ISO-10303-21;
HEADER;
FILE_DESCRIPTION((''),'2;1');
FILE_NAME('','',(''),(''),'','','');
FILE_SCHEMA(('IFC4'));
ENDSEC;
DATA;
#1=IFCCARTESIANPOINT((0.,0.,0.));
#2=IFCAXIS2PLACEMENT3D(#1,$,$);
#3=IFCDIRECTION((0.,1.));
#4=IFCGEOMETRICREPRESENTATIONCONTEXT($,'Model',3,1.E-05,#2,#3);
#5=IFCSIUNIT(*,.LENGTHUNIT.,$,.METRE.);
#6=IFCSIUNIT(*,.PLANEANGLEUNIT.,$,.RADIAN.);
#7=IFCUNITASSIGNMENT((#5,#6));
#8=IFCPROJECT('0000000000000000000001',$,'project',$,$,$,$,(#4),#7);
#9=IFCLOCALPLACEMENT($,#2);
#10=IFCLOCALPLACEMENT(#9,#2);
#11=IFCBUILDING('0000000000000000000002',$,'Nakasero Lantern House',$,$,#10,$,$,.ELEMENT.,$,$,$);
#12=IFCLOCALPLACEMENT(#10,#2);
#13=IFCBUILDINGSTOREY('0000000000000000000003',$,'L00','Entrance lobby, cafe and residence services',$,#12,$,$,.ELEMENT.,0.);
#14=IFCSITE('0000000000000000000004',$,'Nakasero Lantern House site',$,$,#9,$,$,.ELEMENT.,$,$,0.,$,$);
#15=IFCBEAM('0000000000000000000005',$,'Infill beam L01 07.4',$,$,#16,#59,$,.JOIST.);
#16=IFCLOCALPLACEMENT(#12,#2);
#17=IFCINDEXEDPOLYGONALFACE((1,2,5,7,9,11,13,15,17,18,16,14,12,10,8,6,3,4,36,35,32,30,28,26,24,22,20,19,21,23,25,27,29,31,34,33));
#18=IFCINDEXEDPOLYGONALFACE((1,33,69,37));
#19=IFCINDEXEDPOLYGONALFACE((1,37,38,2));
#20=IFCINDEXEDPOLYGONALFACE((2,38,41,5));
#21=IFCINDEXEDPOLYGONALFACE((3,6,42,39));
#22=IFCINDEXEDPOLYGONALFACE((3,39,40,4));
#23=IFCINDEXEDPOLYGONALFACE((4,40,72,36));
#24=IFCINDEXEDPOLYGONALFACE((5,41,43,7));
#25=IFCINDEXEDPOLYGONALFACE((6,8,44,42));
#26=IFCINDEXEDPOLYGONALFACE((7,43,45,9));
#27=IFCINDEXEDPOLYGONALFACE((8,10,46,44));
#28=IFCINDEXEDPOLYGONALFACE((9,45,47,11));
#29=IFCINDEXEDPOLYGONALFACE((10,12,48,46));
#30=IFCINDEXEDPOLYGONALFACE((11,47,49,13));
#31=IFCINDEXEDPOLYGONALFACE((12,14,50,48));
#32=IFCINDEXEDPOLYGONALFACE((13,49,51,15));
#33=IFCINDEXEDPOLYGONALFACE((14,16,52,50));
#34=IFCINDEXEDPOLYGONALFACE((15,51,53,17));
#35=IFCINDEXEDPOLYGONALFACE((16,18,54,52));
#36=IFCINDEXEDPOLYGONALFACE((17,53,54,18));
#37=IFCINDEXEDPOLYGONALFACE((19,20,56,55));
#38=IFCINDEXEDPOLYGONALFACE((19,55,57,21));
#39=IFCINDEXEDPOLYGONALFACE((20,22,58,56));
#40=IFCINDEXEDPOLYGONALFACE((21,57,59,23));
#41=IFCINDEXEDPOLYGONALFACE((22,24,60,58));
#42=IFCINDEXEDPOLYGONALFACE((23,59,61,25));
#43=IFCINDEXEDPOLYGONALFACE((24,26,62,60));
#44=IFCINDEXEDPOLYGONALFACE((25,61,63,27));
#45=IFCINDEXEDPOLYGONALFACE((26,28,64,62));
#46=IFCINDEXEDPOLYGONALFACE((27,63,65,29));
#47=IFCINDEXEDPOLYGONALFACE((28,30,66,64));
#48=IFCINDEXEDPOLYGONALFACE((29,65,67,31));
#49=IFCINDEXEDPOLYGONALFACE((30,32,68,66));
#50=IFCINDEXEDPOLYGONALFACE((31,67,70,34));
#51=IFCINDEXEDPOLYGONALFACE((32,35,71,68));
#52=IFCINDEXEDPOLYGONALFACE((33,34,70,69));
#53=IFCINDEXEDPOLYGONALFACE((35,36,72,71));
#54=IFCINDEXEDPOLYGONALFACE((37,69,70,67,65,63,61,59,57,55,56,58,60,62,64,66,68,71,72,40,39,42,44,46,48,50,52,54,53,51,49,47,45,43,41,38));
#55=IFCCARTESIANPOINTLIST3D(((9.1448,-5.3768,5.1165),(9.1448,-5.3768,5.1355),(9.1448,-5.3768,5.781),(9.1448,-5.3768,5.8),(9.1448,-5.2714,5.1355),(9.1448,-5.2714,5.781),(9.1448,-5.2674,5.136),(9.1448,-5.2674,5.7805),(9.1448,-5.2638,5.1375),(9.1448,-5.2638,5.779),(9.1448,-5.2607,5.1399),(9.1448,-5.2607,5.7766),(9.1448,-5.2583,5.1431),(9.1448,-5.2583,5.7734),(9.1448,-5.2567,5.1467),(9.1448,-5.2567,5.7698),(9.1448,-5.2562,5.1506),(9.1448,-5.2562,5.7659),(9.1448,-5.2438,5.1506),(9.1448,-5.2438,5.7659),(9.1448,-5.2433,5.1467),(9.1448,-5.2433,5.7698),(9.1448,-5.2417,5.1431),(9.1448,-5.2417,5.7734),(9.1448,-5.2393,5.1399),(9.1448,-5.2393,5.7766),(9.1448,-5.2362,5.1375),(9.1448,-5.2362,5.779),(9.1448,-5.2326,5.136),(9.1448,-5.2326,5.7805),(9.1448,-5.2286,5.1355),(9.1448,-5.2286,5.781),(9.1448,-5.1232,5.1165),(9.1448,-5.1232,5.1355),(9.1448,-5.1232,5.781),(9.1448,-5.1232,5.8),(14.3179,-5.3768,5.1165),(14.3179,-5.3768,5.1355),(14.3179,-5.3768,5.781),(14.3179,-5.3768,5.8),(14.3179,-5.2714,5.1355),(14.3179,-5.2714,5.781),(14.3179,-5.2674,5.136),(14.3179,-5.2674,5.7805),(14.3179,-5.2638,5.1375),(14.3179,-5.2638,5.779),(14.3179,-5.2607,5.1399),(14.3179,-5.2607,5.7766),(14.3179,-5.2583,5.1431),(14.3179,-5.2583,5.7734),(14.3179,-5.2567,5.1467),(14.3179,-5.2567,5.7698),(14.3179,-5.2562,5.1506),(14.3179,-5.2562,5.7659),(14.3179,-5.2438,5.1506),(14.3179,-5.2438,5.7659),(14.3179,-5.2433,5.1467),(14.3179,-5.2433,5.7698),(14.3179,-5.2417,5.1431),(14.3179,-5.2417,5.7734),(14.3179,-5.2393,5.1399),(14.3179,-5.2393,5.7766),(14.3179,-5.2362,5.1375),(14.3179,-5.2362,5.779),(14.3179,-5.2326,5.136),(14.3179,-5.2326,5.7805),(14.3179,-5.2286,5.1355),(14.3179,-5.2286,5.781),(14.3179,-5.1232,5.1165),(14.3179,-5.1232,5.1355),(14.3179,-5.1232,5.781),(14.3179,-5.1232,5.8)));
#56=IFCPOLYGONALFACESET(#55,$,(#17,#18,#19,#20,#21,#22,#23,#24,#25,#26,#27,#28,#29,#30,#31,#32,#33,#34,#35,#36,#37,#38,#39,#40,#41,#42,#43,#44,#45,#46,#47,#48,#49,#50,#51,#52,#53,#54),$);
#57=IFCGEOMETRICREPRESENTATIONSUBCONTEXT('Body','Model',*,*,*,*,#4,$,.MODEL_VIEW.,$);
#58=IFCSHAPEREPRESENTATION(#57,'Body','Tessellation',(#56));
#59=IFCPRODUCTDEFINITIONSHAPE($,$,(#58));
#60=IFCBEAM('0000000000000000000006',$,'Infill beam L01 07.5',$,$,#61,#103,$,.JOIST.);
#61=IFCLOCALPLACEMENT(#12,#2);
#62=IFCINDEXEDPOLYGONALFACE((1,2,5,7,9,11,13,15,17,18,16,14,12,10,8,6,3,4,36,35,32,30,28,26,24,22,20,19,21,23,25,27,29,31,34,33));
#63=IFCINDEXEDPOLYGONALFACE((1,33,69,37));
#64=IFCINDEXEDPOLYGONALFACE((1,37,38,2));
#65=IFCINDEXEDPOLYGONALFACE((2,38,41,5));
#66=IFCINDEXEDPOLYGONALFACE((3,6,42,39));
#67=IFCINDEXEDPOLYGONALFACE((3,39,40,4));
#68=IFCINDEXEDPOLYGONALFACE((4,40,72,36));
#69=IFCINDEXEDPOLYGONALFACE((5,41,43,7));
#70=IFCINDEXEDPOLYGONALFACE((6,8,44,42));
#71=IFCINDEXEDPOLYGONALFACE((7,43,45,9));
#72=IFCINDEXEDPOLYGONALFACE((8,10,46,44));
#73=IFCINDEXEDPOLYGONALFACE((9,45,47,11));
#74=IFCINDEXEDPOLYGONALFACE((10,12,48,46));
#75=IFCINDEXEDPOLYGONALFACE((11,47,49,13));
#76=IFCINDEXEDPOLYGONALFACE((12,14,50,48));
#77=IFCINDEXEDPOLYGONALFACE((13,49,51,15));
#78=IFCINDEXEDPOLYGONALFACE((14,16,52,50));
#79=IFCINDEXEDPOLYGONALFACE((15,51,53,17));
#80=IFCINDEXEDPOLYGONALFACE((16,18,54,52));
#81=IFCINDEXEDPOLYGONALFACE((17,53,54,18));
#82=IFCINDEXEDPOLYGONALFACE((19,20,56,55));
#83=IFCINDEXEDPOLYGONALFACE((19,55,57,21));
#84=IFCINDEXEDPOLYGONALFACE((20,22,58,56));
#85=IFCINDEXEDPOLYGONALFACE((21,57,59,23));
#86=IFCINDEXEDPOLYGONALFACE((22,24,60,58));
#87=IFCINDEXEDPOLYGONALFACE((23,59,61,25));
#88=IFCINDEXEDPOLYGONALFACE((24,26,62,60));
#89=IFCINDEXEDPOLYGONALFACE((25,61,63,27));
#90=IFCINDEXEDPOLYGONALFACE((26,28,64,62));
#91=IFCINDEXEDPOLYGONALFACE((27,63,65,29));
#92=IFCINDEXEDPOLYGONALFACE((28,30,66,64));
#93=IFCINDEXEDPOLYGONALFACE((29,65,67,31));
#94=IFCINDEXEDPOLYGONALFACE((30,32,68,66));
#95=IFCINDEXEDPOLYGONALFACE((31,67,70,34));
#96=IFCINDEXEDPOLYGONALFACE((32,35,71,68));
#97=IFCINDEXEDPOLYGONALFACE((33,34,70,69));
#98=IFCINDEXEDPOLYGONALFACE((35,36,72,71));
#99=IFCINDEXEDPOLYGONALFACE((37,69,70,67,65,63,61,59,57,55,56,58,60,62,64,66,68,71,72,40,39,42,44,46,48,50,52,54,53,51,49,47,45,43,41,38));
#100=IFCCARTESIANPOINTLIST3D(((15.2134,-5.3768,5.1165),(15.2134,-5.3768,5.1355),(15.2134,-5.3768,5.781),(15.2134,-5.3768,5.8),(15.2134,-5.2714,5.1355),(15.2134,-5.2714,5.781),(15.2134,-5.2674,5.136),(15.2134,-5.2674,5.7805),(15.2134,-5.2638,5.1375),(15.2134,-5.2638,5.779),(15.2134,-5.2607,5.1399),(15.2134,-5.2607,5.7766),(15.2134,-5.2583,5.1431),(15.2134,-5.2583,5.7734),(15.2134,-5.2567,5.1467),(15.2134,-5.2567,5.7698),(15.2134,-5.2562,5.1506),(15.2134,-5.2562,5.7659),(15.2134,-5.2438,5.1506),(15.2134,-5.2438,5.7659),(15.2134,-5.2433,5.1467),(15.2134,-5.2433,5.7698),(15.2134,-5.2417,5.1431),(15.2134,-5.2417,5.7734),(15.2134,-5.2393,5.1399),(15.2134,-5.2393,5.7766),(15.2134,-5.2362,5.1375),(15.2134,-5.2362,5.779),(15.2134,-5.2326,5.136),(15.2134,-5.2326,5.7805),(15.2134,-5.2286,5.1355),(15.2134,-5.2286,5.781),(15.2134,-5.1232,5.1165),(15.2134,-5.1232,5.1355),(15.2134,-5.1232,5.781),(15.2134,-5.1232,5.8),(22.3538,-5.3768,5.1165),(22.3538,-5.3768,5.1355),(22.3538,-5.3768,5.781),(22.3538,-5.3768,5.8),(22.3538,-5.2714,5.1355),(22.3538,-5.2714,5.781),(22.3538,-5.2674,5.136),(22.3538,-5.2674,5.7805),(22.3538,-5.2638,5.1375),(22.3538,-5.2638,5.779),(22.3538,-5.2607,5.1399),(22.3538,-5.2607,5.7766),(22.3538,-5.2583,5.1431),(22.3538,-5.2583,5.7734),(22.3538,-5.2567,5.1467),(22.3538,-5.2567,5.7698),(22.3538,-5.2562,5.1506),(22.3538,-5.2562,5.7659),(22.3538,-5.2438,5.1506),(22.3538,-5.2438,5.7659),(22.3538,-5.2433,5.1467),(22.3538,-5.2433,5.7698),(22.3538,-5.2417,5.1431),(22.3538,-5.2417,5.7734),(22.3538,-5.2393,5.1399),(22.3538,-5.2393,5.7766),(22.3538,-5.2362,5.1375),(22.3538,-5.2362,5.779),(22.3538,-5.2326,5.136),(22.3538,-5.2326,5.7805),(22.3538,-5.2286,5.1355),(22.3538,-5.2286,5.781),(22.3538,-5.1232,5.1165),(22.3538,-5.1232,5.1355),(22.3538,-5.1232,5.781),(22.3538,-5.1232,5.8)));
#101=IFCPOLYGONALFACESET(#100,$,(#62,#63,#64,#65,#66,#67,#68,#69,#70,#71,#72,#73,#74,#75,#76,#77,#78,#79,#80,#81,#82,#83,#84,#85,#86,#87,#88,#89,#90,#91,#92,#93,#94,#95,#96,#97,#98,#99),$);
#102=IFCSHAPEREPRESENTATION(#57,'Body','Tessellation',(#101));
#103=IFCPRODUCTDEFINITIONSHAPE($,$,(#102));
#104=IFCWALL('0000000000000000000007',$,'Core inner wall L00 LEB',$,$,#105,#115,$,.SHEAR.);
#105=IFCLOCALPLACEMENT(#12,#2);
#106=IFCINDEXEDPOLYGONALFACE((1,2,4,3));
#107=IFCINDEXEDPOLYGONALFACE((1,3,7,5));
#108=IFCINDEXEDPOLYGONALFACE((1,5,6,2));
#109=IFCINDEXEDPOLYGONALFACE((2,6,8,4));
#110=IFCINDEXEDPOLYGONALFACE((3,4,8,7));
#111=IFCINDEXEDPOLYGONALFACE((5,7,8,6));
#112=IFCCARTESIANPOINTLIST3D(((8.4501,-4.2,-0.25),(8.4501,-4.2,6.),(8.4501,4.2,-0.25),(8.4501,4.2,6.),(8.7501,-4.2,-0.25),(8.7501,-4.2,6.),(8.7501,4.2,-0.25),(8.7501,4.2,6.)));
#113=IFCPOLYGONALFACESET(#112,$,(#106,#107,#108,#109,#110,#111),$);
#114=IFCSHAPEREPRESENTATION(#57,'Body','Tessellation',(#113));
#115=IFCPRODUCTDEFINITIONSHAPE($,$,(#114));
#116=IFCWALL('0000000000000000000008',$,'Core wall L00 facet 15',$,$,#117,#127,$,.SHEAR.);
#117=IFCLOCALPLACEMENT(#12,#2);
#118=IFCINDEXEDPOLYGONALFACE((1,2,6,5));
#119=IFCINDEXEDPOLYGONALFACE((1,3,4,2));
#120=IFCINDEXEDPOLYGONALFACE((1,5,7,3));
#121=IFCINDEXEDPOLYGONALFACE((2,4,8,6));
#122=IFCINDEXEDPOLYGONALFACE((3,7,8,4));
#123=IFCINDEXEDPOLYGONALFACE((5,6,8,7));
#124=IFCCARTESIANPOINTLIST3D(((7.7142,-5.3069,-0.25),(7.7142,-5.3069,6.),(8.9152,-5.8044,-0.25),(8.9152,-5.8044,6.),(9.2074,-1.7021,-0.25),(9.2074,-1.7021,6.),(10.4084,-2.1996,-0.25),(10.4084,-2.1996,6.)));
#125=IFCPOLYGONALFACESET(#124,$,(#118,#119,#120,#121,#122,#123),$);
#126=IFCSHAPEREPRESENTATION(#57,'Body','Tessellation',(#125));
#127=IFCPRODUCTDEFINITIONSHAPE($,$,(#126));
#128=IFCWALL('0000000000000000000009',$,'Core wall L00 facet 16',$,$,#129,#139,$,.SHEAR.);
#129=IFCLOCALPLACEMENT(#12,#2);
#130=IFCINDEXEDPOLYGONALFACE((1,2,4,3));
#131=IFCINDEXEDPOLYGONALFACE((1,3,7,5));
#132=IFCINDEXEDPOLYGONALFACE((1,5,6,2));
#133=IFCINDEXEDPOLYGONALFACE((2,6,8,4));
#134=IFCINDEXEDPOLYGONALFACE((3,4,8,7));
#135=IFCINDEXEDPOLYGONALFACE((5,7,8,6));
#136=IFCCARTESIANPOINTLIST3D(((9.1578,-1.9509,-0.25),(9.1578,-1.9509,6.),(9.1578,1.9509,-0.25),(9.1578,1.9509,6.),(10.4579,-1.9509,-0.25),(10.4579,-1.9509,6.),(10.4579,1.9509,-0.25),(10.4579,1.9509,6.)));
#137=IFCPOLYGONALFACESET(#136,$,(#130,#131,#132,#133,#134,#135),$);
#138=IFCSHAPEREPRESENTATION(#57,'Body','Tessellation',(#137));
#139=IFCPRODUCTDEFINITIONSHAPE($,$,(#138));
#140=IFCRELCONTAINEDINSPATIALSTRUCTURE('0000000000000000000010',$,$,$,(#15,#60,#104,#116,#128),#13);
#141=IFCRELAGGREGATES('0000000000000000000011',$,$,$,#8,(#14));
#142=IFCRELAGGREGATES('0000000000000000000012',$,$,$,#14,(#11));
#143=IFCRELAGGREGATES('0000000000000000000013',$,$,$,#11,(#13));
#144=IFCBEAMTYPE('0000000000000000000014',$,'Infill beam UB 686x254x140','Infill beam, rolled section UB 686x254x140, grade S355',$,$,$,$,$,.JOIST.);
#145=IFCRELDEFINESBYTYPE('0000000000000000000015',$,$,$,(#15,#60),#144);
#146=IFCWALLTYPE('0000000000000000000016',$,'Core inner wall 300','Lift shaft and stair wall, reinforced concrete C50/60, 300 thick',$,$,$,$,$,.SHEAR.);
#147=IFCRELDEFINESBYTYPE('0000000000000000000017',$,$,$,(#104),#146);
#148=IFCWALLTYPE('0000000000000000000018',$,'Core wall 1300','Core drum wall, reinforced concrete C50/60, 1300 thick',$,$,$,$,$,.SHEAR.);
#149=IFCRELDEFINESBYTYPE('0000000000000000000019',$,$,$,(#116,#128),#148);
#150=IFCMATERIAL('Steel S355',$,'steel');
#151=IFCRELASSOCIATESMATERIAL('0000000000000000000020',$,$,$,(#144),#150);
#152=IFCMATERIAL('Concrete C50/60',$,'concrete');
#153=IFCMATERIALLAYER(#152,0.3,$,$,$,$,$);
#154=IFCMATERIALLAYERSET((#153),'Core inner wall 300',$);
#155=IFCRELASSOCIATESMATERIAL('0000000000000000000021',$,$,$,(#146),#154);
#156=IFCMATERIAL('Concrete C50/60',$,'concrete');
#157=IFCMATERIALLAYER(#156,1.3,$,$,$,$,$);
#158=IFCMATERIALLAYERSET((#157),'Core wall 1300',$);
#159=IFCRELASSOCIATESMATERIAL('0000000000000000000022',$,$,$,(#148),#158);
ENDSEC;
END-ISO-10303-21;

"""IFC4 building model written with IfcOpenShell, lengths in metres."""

from ifc_helpers import new_model, si_unit, direction, frame, frame_2d, origin, origin_2d, place, context, subcontext, project, spatial, rectangle, i_section, extrude, material, layer, layer_set, material_profile, profile_set, type_object, element, save


model = new_model("IFC4")

# Units and contexts
model_context = context("Model", 3, precision=1e-05, world=origin(), true_north=direction((0.0, 1.0)))
body_context = subcontext(model_context, "Body", "Model", "MODEL_VIEW")
ifc_project = project(units=[si_unit("LENGTHUNIT", "METRE"), si_unit("PLANEANGLEUNIT", "RADIAN")], contexts=[model_context])

# Site, building, storey
site_placement = place(None, origin())
site = spatial("IfcSite", under=ifc_project, at=site_placement, Name="Nakasero Lantern House site", CompositionType="ELEMENT", RefElevation=0.0)
building_placement = place(site_placement, origin())
building = spatial("IfcBuilding", under=site, at=building_placement, Name="Nakasero Lantern House", CompositionType="ELEMENT")
storey_placement = place(building_placement, origin())
storey = spatial("IfcBuildingStorey", under=building, at=storey_placement, Name="L00", Description="Entrance lobby, cafe and residence services", CompositionType="ELEMENT", Elevation=0.0)

# Beams
ifc_material_1 = material(Name="Steel S355", Category="steel")
ifc_material_profile_1 = material_profile(ifc_material_1, i_section(OverallWidth=0.2537, OverallDepth=0.6836, WebThickness=0.0125, FlangeThickness=0.019, FilletRadius=0.0151, at=origin_2d()), Name="UB 686x254x140")
ifc_profile_set_1 = profile_set([ifc_material_profile_1], Name="Steel S355")
beam_type_1 = type_object("IfcBeamType", Name="Infill beam UB 686x254x140", Description="Infill beam, rolled section UB 686x254x140, grade S355", PredefinedType="JOIST", material=ifc_profile_set_1)
beam_1_placement = place(storey_placement, frame((9.1448, -5.25, 5.4583), z_axis=(1.0, 0.0, 0.0), x_axis=(0.0, 1.0, 0.0)))
element("IfcBeam", 1, at=beam_1_placement, inside=storey, type_object=beam_type_1, Name="Infill beam L01 07.4", PredefinedType="JOIST", context=body_context, shape_type="SweptSolid", body=[
    extrude(i_section(OverallWidth=0.2537, OverallDepth=0.6836, WebThickness=0.0125, FlangeThickness=0.019, FilletRadius=0.0151, at=origin_2d()), origin(), (0.0, 0.0, 1.0), 5.1731),
])
beam_2_placement = place(storey_placement, frame((15.2134, -5.25, 5.4583), z_axis=(1.0, 0.0, 0.0), x_axis=(0.0, 1.0, 0.0)))
element("IfcBeam", 2, at=beam_2_placement, inside=storey, type_object=beam_type_1, Name="Infill beam L01 07.5", PredefinedType="JOIST", context=body_context, shape_type="SweptSolid", body=[
    extrude(i_section(OverallWidth=0.2537, OverallDepth=0.6836, WebThickness=0.0125, FlangeThickness=0.019, FilletRadius=0.0151, at=origin_2d()), origin(), (0.0, 0.0, 1.0), 7.1404),
])

# Walls
ifc_material_2 = material(Name="Concrete C50/60", Category="concrete")
ifc_layer_1 = layer(ifc_material_2, 0.3)
ifc_layer_set_1 = layer_set([ifc_layer_1], Name="Core inner wall 300")
wall_type_1 = type_object("IfcWallType", Name="Core inner wall 300", Description="Lift shaft and stair wall, reinforced concrete C50/60, 300 thick", PredefinedType="SHEAR", material=ifc_layer_set_1)
wall_1_placement = place(storey_placement, frame((8.6001, -4.2, -0.25), z_axis=(0.0, 0.0, 1.0), x_axis=(0.0, 1.0, 0.0)))
element("IfcWall", 3, at=wall_1_placement, inside=storey, type_object=wall_type_1, Name="Core inner wall L00 LEB", PredefinedType="SHEAR", context=body_context, shape_type="SweptSolid", body=[
    extrude(rectangle(XDim=8.3999, YDim=0.3, at=frame_2d((4.2, 0.0))), origin(), (0.0, 0.0, 1.0), 6.25),
])
ifc_material_3 = material(Name="Concrete C50/60", Category="concrete")
ifc_layer_2 = layer(ifc_material_3, 1.3)
ifc_layer_set_2 = layer_set([ifc_layer_2], Name="Core wall 1300")
wall_type_2 = type_object("IfcWallType", Name="Core wall 1300", Description="Core drum wall, reinforced concrete C50/60, 1300 thick", PredefinedType="SHEAR", material=ifc_layer_set_2)
for number, where, z_axis, x_axis, name in (
    (4, (8.3147, -5.5557, -0.25), (0.0, 0.0, 1.0), (0.382691, 0.923877, 0.0), "Core wall L00 facet 15"),
    (5, (9.8079, -1.9509, -0.25), (0.0, 0.0, 1.0), (0.0, 1.0, 0.0), "Core wall L00 facet 16"),
):
    element("IfcWall", number, at=place(storey_placement, frame(where, z_axis=z_axis, x_axis=x_axis)), inside=storey, type_object=wall_type_2, Name=name, PredefinedType="SHEAR", context=body_context, shape_type="SweptSolid", body=[
        extrude(rectangle(XDim=3.9019, YDim=1.3, at=frame_2d((1.9509, 0.0))), origin(), (0.0, 0.0, 1.0), 6.25),
    ])

save(model, "model.ifc")
